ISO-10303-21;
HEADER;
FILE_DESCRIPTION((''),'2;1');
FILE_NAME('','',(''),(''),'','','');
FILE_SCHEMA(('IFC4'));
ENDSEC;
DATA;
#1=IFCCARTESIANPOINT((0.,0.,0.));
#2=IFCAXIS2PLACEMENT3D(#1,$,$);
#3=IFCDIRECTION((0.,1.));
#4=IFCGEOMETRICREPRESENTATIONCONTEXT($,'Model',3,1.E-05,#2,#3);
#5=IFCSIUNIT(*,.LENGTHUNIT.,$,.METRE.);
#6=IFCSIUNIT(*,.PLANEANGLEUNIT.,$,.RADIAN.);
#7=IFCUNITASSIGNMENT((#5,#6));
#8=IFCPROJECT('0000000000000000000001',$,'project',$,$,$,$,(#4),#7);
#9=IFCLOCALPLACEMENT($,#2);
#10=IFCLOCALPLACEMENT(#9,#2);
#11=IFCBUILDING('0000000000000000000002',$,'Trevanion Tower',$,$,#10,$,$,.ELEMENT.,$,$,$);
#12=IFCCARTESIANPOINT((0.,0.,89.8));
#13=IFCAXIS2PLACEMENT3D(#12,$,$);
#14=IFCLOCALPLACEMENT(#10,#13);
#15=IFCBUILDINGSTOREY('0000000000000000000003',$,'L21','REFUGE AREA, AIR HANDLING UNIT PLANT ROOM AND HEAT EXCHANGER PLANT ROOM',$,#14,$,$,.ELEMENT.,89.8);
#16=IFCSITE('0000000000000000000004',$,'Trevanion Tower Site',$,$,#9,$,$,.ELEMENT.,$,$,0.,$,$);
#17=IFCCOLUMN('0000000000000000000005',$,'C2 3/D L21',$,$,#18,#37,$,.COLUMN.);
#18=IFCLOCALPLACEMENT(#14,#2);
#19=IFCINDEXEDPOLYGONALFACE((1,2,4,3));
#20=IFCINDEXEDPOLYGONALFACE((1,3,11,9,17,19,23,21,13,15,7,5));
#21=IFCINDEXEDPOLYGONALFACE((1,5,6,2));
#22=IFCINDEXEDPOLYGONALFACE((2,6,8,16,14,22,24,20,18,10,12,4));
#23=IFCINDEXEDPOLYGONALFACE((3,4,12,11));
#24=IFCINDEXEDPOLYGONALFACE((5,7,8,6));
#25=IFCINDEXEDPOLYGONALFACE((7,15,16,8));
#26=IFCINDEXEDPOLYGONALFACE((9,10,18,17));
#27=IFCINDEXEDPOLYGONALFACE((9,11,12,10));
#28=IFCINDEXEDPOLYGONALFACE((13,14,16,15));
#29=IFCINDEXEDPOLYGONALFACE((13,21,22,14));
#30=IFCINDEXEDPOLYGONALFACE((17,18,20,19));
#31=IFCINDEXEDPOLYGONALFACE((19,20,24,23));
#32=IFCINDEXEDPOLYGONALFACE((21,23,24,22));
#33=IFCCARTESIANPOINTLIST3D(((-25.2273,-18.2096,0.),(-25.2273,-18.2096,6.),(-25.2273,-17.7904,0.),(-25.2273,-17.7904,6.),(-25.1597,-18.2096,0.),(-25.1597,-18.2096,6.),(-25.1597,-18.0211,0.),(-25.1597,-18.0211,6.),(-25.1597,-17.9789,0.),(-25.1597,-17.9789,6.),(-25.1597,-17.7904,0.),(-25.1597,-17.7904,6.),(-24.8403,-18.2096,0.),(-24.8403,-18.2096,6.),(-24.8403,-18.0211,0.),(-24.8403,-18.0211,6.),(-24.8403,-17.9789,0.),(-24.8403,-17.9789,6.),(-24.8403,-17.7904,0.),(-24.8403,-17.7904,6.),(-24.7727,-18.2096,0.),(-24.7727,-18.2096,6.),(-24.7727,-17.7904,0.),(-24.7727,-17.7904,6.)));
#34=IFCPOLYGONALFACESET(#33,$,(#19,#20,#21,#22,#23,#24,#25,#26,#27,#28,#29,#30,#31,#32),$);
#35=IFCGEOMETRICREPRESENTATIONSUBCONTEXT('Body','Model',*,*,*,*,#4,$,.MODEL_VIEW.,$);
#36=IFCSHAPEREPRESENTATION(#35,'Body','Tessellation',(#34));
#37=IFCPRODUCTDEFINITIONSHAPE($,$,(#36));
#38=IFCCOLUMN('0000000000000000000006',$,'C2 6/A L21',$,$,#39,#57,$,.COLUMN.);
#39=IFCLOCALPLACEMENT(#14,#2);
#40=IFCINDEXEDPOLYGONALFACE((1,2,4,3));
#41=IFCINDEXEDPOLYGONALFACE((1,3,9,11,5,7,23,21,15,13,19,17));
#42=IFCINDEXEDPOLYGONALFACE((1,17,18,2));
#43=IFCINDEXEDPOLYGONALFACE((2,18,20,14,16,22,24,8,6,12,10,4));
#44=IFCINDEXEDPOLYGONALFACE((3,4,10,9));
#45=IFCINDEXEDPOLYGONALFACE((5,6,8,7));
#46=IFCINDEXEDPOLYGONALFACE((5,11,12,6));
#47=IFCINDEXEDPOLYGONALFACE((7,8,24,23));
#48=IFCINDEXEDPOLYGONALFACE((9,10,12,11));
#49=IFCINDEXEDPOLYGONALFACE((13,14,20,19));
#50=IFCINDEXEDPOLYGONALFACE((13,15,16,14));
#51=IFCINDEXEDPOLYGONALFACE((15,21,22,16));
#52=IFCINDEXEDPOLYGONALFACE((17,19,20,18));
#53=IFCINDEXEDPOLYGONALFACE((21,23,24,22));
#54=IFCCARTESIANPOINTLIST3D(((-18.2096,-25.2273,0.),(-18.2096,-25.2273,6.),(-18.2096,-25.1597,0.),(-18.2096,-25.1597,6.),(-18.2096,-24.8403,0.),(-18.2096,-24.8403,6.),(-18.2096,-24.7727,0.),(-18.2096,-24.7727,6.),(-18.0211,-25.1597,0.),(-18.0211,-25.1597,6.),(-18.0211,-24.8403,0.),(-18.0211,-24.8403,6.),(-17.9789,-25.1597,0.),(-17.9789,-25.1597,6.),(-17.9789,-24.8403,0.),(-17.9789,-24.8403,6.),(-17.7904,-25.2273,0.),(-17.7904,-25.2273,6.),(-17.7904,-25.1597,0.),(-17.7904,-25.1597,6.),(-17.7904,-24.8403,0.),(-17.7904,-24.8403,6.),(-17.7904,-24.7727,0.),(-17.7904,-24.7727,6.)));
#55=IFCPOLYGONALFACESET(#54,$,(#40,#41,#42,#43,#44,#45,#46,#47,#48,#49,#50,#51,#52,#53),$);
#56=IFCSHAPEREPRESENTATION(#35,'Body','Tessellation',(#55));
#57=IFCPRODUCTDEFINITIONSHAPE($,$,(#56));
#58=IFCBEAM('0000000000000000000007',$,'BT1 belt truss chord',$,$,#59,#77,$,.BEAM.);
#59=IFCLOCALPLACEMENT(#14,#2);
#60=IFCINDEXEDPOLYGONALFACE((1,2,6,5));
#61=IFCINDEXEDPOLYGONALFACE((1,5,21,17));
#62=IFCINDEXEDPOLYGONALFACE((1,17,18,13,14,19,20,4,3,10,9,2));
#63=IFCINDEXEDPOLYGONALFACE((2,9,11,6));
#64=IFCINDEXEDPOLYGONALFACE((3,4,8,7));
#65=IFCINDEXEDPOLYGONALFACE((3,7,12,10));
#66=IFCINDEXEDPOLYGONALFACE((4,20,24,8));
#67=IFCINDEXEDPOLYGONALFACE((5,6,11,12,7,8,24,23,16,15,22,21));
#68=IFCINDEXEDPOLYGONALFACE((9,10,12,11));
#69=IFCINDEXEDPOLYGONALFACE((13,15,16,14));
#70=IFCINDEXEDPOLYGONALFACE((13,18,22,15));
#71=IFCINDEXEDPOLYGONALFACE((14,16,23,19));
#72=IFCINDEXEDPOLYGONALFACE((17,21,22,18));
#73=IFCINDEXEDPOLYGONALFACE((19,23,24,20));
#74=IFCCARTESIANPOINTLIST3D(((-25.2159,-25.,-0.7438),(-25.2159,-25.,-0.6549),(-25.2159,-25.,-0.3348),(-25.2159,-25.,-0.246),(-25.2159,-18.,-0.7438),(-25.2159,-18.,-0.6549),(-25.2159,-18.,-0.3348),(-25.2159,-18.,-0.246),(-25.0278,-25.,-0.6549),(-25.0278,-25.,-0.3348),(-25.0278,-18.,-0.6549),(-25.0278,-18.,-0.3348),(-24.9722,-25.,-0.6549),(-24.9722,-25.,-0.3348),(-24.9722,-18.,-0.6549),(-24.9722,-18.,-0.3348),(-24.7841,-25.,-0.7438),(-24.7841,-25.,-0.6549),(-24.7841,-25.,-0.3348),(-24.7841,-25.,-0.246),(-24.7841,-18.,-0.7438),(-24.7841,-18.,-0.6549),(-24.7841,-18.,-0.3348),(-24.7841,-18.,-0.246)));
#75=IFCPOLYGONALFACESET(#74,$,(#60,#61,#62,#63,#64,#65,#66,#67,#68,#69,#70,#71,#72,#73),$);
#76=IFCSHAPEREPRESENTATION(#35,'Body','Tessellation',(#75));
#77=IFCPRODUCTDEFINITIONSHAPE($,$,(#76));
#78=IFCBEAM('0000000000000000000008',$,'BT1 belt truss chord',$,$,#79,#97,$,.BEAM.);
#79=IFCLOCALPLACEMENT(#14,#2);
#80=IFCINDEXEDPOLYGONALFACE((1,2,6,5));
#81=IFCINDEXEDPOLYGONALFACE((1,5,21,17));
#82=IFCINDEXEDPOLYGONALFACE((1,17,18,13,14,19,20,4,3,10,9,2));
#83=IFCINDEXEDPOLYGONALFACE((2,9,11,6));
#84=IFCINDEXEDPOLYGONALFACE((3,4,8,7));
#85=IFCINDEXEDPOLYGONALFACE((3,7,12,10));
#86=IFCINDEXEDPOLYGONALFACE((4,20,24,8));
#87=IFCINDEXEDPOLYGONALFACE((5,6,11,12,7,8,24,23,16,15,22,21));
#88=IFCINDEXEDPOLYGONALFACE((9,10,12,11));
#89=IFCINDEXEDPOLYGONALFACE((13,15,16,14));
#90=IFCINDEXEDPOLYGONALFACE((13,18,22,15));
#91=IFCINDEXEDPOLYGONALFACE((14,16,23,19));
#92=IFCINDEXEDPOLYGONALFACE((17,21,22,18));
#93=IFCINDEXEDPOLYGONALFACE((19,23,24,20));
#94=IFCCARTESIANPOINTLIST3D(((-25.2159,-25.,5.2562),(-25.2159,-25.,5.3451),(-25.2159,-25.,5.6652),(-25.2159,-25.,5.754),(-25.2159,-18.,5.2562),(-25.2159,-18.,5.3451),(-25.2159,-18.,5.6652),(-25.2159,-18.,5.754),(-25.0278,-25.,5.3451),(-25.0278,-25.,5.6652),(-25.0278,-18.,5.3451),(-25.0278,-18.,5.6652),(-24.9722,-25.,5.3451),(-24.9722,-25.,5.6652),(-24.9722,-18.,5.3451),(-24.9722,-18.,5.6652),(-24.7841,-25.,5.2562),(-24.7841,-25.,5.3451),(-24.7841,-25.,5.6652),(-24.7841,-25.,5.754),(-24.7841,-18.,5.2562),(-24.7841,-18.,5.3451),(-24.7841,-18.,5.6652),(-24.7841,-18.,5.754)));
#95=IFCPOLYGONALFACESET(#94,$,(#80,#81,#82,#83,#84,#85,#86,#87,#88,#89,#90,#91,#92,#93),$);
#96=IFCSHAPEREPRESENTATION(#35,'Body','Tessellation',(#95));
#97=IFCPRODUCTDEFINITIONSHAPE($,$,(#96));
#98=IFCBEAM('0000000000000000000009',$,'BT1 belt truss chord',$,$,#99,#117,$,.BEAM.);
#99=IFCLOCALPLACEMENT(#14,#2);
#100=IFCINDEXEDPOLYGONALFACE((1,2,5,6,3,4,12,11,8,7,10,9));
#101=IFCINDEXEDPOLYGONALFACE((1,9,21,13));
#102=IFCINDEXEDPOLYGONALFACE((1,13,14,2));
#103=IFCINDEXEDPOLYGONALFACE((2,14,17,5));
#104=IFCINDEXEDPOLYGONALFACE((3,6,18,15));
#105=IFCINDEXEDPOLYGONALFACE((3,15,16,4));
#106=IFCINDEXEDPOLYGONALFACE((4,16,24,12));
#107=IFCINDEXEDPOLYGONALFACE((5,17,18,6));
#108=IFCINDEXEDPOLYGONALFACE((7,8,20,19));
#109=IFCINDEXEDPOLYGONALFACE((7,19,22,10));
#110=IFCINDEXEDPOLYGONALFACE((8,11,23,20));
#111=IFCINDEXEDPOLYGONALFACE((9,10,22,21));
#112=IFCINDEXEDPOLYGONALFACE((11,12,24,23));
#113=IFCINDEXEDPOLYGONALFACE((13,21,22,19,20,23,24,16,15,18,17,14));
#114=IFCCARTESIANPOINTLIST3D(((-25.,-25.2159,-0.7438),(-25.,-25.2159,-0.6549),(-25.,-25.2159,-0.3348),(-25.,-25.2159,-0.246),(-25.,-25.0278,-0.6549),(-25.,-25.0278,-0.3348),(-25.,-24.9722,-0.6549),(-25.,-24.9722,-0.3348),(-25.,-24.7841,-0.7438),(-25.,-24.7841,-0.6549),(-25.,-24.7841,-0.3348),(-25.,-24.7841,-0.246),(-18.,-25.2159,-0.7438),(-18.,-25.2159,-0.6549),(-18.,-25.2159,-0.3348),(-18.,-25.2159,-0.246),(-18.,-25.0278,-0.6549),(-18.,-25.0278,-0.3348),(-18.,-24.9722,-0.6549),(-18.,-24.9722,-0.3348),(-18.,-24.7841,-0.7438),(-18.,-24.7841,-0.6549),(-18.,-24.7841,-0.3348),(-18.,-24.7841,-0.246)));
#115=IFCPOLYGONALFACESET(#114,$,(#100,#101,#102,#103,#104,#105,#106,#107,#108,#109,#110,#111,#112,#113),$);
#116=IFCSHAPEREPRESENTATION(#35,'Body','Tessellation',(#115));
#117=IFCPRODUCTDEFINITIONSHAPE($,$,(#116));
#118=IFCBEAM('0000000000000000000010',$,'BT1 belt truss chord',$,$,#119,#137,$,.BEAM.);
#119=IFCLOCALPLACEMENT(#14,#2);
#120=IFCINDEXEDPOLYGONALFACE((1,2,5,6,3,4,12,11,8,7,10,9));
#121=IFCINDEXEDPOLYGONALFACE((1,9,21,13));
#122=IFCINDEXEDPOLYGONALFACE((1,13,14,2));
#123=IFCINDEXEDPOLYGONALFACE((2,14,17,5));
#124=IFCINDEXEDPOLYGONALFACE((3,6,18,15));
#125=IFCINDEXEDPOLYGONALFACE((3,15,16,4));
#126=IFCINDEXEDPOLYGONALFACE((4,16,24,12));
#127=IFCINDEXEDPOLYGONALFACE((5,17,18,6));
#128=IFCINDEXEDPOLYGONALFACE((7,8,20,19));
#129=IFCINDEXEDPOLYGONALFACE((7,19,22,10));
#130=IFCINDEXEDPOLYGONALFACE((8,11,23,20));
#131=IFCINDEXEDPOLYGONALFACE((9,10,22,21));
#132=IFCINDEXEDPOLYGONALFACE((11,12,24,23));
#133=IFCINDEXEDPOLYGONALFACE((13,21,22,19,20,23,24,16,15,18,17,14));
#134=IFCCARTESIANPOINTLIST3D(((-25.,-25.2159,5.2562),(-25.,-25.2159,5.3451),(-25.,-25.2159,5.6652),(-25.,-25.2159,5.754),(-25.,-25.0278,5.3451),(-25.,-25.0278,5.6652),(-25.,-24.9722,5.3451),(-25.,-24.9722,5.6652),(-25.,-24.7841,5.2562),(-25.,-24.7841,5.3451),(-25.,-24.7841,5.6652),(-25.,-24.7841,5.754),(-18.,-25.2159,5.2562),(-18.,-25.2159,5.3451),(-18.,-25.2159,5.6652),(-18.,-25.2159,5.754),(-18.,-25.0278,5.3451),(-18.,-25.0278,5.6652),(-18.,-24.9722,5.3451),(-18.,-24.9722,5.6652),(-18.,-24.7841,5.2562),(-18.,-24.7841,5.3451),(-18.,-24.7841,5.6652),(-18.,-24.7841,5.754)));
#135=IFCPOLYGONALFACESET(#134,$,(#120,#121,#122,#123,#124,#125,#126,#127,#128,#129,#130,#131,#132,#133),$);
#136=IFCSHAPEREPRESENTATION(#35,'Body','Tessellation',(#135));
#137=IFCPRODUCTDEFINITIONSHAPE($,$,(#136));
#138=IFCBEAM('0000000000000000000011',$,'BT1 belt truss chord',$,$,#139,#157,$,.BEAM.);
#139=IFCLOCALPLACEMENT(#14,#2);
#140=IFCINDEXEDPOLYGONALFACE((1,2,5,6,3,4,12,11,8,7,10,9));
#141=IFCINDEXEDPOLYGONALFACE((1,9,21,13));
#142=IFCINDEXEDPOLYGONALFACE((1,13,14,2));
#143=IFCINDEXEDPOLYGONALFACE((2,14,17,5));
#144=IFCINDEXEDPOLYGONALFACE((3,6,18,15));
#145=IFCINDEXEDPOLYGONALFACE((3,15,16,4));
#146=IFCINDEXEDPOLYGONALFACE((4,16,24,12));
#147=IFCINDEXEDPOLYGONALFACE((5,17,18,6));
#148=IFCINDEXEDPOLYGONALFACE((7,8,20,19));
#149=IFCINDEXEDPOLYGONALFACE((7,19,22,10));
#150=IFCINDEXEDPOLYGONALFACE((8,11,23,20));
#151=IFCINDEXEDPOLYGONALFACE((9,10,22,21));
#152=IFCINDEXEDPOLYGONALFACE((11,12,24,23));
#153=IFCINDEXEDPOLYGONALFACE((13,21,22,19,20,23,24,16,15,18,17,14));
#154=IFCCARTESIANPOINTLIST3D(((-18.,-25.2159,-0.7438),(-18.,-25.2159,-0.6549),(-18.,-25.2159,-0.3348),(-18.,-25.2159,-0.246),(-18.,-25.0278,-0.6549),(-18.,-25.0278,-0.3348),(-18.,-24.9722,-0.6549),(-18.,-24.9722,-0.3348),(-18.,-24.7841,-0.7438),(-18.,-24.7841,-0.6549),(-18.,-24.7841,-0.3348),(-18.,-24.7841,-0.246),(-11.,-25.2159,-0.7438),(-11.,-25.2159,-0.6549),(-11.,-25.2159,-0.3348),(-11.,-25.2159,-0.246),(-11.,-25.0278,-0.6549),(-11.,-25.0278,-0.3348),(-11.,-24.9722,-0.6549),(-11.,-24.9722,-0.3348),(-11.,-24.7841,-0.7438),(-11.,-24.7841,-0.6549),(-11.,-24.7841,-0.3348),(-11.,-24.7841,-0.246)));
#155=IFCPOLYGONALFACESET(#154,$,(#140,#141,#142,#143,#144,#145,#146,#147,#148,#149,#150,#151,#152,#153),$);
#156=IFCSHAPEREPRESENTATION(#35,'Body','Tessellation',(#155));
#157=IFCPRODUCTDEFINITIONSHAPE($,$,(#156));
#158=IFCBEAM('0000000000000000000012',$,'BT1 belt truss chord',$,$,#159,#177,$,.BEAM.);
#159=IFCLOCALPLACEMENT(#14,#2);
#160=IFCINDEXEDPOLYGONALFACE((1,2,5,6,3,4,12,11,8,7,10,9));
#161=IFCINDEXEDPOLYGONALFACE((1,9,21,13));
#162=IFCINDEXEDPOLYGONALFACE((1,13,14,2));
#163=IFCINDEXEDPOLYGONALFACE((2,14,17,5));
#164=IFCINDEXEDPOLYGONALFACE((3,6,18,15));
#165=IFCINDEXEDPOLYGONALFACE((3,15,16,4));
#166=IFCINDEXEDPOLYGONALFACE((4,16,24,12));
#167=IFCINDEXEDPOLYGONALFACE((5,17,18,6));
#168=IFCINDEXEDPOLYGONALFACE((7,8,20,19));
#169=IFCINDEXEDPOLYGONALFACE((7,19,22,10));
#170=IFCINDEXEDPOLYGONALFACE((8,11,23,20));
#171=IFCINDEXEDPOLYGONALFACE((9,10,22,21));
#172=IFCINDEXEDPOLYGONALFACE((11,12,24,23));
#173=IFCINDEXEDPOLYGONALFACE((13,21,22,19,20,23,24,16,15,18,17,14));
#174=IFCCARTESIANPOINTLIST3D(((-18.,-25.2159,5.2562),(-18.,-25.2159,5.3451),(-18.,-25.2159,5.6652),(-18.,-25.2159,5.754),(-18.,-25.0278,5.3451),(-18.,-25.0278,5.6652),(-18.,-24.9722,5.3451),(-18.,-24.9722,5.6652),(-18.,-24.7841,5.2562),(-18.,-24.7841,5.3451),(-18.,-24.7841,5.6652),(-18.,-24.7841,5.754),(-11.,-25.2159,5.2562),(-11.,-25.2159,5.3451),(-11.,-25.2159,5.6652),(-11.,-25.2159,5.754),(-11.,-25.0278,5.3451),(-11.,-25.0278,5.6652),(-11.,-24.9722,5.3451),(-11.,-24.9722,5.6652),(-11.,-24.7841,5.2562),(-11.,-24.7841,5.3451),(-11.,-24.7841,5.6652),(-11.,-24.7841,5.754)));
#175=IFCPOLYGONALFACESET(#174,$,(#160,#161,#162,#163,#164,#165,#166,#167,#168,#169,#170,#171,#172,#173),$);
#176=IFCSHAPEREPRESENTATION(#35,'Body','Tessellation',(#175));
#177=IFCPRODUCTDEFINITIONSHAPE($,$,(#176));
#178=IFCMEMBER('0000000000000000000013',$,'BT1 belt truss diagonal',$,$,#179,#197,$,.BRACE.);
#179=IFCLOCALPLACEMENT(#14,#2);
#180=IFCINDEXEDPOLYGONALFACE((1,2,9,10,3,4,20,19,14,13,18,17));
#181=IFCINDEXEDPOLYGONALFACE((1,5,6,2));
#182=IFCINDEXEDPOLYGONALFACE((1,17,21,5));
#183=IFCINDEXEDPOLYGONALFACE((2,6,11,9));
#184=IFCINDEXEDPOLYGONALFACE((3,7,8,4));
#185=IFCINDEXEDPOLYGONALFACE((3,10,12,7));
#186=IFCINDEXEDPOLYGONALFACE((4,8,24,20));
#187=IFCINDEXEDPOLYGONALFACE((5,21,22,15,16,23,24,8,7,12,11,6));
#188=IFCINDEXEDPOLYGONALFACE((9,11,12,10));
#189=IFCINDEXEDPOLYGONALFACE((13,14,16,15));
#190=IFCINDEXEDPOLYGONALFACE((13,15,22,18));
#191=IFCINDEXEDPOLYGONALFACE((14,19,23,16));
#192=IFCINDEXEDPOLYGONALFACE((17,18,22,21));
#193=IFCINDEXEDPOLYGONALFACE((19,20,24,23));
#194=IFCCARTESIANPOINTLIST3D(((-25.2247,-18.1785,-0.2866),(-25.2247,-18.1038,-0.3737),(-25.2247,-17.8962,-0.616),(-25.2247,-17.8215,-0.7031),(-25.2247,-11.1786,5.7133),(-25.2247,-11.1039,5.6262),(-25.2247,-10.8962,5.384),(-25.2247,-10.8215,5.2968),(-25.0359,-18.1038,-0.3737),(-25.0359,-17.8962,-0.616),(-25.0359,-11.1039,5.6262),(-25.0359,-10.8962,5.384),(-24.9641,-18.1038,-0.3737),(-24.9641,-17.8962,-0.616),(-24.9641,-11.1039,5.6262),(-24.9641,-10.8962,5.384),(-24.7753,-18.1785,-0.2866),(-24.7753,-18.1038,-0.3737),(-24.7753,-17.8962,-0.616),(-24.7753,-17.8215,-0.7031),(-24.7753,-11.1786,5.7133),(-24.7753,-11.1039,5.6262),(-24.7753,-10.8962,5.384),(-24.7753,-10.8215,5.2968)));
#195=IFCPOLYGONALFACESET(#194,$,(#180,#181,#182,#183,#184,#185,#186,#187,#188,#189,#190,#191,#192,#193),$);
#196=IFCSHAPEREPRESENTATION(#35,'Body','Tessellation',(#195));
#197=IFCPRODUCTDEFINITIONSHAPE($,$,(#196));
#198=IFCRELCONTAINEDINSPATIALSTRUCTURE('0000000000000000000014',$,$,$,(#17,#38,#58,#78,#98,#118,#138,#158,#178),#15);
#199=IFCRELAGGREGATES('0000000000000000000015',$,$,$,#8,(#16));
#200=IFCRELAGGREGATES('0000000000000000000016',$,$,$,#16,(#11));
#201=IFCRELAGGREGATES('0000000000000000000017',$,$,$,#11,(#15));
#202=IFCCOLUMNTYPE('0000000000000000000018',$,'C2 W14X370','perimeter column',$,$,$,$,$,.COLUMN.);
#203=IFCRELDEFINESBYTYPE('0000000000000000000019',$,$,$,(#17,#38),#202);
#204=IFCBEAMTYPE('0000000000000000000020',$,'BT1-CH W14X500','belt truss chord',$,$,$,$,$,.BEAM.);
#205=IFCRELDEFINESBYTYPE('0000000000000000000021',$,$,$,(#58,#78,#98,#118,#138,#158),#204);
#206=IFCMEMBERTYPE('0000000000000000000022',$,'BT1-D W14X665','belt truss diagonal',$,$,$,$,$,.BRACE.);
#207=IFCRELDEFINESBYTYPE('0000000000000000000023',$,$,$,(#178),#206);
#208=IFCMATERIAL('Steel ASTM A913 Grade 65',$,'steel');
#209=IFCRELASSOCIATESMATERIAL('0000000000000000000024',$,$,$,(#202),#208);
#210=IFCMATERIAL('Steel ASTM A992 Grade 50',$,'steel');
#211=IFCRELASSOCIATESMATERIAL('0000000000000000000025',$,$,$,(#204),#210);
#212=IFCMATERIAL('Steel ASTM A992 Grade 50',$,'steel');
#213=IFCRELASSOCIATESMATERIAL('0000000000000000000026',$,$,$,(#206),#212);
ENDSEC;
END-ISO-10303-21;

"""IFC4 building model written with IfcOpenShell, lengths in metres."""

from ifc_helpers import new_model, si_unit, direction, frame, origin, origin_2d, place, context, subcontext, project, spatial, i_section, extrude, material, material_profile, profile_set, type_object, element, save


model = new_model("IFC4")

# Units and contexts
model_context = context("Model", 3, precision=1e-05, world=origin(), true_north=direction((0.0, 1.0)))
body_context = subcontext(model_context, "Body", "Model", "MODEL_VIEW")
ifc_project = project(units=[si_unit("LENGTHUNIT", "METRE"), si_unit("PLANEANGLEUNIT", "RADIAN")], contexts=[model_context])

# Site, building, storey
site_placement = place(None, origin())
site = spatial("IfcSite", under=ifc_project, at=site_placement, Name="Trevanion Tower Site", CompositionType="ELEMENT", RefElevation=0.0)
building_placement = place(site_placement, origin())
building = spatial("IfcBuilding", under=site, at=building_placement, Name="Trevanion Tower", CompositionType="ELEMENT")
storey_placement = place(building_placement, frame((0.0, 0.0, 89.8)))
storey = spatial("IfcBuildingStorey", under=building, at=storey_placement, Name="L21", Description="REFUGE AREA, AIR HANDLING UNIT PLANT ROOM AND HEAT EXCHANGER PLANT ROOM", CompositionType="ELEMENT", Elevation=89.8)

# Columns
ifc_material_1 = material(Name="Steel ASTM A913 Grade 65", Category="steel")
ifc_material_profile_1 = material_profile(ifc_material_1, i_section(OverallWidth=0.4192, OverallDepth=0.4546, WebThickness=0.0422, FlangeThickness=0.0676, at=origin_2d()), Name="W14X370")
ifc_profile_set_1 = profile_set([ifc_material_profile_1], Name="Steel ASTM A913 Grade 65")
column_type = type_object("IfcColumnType", Name="C2 W14X370", Description="perimeter column", PredefinedType="COLUMN", material=ifc_profile_set_1)
for number, where, z_axis, x_axis, name in (
    (1, (-25.0, -18.0, 0.0), (0.0, 0.0, 1.0), (0.0, 1.0, 0.0), "C2 3/D L21"),
    (2, (-18.0, -25.0, 0.0), (0.0, 0.0, 1.0), (1.0, 0.0, 0.0), "C2 6/A L21"),
):
    element("IfcColumn", number, at=place(storey_placement, frame(where, z_axis=z_axis, x_axis=x_axis)), inside=storey, type_object=column_type, Name=name, PredefinedType="COLUMN", context=body_context, shape_type="SweptSolid", body=[
        extrude(i_section(OverallWidth=0.4192, OverallDepth=0.4546, WebThickness=0.0422, FlangeThickness=0.0676, at=origin_2d()), origin(), (0.0, 0.0, 1.0), 6.0),
    ])

# Beams
ifc_material_2 = material(Name="Steel ASTM A992 Grade 50", Category="steel")
ifc_material_profile_2 = material_profile(ifc_material_2, i_section(OverallWidth=0.4319, OverallDepth=0.4978, WebThickness=0.0557, FlangeThickness=0.0889, at=origin_2d()), Name="W14X500")
ifc_profile_set_2 = profile_set([ifc_material_profile_2], Name="Steel ASTM A992 Grade 50")
beam_type = type_object("IfcBeamType", Name="BT1-CH W14X500", Description="belt truss chord", PredefinedType="BEAM", material=ifc_profile_set_2)
for number, where, z_axis, x_axis, name in (
    (3, (-25.0, -18.0, -0.4949), (0.0, -1.0, 0.0), (1.0, 0.0, 0.0), "BT1 belt truss chord"),
    (4, (-25.0, -18.0, 5.5051), (0.0, -1.0, 0.0), (1.0, 0.0, 0.0), "BT1 belt truss chord"),
    (5, (-25.0, -25.0, -0.4949), (1.0, 0.0, 0.0), (0.0, 1.0, 0.0), "BT1 belt truss chord"),
    (6, (-25.0, -25.0, 5.5051), (1.0, 0.0, 0.0), (0.0, 1.0, 0.0), "BT1 belt truss chord"),
    (7, (-18.0, -25.0, -0.4949), (1.0, 0.0, 0.0), (0.0, 1.0, 0.0), "BT1 belt truss chord"),
    (8, (-18.0, -25.0, 5.5051), (1.0, 0.0, 0.0), (0.0, 1.0, 0.0), "BT1 belt truss chord"),
):
    element("IfcBeam", number, at=place(storey_placement, frame(where, z_axis=z_axis, x_axis=x_axis)), inside=storey, type_object=beam_type, Name=name, PredefinedType="BEAM", context=body_context, shape_type="SweptSolid", body=[
        extrude(i_section(OverallWidth=0.4319, OverallDepth=0.4978, WebThickness=0.0557, FlangeThickness=0.0889, at=origin_2d()), origin(), (0.0, 0.0, 1.0), 7.0),
    ])

# Member
ifc_material_3 = material(Name="Steel ASTM A992 Grade 50", Category="steel")
ifc_material_profile_3 = material_profile(ifc_material_3, i_section(OverallWidth=0.4495, OverallDepth=0.5486, WebThickness=0.0718, FlangeThickness=0.1147, at=origin_2d()), Name="W14X665")
ifc_profile_set_3 = profile_set([ifc_material_profile_3], Name="Steel ASTM A992 Grade 50")
member_type_1 = type_object("IfcMemberType", Name="BT1-D W14X665", Description="belt truss diagonal", PredefinedType="BRACE", material=ifc_profile_set_3)
for number, where, z_axis, x_axis, name in (
    (9, (-25.0, -18.0, -0.4949), (0.0, 0.759257, 0.650791), (-1.0, 0.0, 0.0), "BT1 belt truss diagonal"),
):
    element("IfcMember", number, at=place(storey_placement, frame(where, z_axis=z_axis, x_axis=x_axis)), inside=storey, type_object=member_type_1, Name=name, PredefinedType="BRACE", context=body_context, shape_type="SweptSolid", body=[
        extrude(i_section(OverallWidth=0.4495, OverallDepth=0.5486, WebThickness=0.0718, FlangeThickness=0.1147, at=origin_2d()), origin(), (0.0, 0.0, 1.0), 9.2195),
    ])

save(model, "model.ifc")
